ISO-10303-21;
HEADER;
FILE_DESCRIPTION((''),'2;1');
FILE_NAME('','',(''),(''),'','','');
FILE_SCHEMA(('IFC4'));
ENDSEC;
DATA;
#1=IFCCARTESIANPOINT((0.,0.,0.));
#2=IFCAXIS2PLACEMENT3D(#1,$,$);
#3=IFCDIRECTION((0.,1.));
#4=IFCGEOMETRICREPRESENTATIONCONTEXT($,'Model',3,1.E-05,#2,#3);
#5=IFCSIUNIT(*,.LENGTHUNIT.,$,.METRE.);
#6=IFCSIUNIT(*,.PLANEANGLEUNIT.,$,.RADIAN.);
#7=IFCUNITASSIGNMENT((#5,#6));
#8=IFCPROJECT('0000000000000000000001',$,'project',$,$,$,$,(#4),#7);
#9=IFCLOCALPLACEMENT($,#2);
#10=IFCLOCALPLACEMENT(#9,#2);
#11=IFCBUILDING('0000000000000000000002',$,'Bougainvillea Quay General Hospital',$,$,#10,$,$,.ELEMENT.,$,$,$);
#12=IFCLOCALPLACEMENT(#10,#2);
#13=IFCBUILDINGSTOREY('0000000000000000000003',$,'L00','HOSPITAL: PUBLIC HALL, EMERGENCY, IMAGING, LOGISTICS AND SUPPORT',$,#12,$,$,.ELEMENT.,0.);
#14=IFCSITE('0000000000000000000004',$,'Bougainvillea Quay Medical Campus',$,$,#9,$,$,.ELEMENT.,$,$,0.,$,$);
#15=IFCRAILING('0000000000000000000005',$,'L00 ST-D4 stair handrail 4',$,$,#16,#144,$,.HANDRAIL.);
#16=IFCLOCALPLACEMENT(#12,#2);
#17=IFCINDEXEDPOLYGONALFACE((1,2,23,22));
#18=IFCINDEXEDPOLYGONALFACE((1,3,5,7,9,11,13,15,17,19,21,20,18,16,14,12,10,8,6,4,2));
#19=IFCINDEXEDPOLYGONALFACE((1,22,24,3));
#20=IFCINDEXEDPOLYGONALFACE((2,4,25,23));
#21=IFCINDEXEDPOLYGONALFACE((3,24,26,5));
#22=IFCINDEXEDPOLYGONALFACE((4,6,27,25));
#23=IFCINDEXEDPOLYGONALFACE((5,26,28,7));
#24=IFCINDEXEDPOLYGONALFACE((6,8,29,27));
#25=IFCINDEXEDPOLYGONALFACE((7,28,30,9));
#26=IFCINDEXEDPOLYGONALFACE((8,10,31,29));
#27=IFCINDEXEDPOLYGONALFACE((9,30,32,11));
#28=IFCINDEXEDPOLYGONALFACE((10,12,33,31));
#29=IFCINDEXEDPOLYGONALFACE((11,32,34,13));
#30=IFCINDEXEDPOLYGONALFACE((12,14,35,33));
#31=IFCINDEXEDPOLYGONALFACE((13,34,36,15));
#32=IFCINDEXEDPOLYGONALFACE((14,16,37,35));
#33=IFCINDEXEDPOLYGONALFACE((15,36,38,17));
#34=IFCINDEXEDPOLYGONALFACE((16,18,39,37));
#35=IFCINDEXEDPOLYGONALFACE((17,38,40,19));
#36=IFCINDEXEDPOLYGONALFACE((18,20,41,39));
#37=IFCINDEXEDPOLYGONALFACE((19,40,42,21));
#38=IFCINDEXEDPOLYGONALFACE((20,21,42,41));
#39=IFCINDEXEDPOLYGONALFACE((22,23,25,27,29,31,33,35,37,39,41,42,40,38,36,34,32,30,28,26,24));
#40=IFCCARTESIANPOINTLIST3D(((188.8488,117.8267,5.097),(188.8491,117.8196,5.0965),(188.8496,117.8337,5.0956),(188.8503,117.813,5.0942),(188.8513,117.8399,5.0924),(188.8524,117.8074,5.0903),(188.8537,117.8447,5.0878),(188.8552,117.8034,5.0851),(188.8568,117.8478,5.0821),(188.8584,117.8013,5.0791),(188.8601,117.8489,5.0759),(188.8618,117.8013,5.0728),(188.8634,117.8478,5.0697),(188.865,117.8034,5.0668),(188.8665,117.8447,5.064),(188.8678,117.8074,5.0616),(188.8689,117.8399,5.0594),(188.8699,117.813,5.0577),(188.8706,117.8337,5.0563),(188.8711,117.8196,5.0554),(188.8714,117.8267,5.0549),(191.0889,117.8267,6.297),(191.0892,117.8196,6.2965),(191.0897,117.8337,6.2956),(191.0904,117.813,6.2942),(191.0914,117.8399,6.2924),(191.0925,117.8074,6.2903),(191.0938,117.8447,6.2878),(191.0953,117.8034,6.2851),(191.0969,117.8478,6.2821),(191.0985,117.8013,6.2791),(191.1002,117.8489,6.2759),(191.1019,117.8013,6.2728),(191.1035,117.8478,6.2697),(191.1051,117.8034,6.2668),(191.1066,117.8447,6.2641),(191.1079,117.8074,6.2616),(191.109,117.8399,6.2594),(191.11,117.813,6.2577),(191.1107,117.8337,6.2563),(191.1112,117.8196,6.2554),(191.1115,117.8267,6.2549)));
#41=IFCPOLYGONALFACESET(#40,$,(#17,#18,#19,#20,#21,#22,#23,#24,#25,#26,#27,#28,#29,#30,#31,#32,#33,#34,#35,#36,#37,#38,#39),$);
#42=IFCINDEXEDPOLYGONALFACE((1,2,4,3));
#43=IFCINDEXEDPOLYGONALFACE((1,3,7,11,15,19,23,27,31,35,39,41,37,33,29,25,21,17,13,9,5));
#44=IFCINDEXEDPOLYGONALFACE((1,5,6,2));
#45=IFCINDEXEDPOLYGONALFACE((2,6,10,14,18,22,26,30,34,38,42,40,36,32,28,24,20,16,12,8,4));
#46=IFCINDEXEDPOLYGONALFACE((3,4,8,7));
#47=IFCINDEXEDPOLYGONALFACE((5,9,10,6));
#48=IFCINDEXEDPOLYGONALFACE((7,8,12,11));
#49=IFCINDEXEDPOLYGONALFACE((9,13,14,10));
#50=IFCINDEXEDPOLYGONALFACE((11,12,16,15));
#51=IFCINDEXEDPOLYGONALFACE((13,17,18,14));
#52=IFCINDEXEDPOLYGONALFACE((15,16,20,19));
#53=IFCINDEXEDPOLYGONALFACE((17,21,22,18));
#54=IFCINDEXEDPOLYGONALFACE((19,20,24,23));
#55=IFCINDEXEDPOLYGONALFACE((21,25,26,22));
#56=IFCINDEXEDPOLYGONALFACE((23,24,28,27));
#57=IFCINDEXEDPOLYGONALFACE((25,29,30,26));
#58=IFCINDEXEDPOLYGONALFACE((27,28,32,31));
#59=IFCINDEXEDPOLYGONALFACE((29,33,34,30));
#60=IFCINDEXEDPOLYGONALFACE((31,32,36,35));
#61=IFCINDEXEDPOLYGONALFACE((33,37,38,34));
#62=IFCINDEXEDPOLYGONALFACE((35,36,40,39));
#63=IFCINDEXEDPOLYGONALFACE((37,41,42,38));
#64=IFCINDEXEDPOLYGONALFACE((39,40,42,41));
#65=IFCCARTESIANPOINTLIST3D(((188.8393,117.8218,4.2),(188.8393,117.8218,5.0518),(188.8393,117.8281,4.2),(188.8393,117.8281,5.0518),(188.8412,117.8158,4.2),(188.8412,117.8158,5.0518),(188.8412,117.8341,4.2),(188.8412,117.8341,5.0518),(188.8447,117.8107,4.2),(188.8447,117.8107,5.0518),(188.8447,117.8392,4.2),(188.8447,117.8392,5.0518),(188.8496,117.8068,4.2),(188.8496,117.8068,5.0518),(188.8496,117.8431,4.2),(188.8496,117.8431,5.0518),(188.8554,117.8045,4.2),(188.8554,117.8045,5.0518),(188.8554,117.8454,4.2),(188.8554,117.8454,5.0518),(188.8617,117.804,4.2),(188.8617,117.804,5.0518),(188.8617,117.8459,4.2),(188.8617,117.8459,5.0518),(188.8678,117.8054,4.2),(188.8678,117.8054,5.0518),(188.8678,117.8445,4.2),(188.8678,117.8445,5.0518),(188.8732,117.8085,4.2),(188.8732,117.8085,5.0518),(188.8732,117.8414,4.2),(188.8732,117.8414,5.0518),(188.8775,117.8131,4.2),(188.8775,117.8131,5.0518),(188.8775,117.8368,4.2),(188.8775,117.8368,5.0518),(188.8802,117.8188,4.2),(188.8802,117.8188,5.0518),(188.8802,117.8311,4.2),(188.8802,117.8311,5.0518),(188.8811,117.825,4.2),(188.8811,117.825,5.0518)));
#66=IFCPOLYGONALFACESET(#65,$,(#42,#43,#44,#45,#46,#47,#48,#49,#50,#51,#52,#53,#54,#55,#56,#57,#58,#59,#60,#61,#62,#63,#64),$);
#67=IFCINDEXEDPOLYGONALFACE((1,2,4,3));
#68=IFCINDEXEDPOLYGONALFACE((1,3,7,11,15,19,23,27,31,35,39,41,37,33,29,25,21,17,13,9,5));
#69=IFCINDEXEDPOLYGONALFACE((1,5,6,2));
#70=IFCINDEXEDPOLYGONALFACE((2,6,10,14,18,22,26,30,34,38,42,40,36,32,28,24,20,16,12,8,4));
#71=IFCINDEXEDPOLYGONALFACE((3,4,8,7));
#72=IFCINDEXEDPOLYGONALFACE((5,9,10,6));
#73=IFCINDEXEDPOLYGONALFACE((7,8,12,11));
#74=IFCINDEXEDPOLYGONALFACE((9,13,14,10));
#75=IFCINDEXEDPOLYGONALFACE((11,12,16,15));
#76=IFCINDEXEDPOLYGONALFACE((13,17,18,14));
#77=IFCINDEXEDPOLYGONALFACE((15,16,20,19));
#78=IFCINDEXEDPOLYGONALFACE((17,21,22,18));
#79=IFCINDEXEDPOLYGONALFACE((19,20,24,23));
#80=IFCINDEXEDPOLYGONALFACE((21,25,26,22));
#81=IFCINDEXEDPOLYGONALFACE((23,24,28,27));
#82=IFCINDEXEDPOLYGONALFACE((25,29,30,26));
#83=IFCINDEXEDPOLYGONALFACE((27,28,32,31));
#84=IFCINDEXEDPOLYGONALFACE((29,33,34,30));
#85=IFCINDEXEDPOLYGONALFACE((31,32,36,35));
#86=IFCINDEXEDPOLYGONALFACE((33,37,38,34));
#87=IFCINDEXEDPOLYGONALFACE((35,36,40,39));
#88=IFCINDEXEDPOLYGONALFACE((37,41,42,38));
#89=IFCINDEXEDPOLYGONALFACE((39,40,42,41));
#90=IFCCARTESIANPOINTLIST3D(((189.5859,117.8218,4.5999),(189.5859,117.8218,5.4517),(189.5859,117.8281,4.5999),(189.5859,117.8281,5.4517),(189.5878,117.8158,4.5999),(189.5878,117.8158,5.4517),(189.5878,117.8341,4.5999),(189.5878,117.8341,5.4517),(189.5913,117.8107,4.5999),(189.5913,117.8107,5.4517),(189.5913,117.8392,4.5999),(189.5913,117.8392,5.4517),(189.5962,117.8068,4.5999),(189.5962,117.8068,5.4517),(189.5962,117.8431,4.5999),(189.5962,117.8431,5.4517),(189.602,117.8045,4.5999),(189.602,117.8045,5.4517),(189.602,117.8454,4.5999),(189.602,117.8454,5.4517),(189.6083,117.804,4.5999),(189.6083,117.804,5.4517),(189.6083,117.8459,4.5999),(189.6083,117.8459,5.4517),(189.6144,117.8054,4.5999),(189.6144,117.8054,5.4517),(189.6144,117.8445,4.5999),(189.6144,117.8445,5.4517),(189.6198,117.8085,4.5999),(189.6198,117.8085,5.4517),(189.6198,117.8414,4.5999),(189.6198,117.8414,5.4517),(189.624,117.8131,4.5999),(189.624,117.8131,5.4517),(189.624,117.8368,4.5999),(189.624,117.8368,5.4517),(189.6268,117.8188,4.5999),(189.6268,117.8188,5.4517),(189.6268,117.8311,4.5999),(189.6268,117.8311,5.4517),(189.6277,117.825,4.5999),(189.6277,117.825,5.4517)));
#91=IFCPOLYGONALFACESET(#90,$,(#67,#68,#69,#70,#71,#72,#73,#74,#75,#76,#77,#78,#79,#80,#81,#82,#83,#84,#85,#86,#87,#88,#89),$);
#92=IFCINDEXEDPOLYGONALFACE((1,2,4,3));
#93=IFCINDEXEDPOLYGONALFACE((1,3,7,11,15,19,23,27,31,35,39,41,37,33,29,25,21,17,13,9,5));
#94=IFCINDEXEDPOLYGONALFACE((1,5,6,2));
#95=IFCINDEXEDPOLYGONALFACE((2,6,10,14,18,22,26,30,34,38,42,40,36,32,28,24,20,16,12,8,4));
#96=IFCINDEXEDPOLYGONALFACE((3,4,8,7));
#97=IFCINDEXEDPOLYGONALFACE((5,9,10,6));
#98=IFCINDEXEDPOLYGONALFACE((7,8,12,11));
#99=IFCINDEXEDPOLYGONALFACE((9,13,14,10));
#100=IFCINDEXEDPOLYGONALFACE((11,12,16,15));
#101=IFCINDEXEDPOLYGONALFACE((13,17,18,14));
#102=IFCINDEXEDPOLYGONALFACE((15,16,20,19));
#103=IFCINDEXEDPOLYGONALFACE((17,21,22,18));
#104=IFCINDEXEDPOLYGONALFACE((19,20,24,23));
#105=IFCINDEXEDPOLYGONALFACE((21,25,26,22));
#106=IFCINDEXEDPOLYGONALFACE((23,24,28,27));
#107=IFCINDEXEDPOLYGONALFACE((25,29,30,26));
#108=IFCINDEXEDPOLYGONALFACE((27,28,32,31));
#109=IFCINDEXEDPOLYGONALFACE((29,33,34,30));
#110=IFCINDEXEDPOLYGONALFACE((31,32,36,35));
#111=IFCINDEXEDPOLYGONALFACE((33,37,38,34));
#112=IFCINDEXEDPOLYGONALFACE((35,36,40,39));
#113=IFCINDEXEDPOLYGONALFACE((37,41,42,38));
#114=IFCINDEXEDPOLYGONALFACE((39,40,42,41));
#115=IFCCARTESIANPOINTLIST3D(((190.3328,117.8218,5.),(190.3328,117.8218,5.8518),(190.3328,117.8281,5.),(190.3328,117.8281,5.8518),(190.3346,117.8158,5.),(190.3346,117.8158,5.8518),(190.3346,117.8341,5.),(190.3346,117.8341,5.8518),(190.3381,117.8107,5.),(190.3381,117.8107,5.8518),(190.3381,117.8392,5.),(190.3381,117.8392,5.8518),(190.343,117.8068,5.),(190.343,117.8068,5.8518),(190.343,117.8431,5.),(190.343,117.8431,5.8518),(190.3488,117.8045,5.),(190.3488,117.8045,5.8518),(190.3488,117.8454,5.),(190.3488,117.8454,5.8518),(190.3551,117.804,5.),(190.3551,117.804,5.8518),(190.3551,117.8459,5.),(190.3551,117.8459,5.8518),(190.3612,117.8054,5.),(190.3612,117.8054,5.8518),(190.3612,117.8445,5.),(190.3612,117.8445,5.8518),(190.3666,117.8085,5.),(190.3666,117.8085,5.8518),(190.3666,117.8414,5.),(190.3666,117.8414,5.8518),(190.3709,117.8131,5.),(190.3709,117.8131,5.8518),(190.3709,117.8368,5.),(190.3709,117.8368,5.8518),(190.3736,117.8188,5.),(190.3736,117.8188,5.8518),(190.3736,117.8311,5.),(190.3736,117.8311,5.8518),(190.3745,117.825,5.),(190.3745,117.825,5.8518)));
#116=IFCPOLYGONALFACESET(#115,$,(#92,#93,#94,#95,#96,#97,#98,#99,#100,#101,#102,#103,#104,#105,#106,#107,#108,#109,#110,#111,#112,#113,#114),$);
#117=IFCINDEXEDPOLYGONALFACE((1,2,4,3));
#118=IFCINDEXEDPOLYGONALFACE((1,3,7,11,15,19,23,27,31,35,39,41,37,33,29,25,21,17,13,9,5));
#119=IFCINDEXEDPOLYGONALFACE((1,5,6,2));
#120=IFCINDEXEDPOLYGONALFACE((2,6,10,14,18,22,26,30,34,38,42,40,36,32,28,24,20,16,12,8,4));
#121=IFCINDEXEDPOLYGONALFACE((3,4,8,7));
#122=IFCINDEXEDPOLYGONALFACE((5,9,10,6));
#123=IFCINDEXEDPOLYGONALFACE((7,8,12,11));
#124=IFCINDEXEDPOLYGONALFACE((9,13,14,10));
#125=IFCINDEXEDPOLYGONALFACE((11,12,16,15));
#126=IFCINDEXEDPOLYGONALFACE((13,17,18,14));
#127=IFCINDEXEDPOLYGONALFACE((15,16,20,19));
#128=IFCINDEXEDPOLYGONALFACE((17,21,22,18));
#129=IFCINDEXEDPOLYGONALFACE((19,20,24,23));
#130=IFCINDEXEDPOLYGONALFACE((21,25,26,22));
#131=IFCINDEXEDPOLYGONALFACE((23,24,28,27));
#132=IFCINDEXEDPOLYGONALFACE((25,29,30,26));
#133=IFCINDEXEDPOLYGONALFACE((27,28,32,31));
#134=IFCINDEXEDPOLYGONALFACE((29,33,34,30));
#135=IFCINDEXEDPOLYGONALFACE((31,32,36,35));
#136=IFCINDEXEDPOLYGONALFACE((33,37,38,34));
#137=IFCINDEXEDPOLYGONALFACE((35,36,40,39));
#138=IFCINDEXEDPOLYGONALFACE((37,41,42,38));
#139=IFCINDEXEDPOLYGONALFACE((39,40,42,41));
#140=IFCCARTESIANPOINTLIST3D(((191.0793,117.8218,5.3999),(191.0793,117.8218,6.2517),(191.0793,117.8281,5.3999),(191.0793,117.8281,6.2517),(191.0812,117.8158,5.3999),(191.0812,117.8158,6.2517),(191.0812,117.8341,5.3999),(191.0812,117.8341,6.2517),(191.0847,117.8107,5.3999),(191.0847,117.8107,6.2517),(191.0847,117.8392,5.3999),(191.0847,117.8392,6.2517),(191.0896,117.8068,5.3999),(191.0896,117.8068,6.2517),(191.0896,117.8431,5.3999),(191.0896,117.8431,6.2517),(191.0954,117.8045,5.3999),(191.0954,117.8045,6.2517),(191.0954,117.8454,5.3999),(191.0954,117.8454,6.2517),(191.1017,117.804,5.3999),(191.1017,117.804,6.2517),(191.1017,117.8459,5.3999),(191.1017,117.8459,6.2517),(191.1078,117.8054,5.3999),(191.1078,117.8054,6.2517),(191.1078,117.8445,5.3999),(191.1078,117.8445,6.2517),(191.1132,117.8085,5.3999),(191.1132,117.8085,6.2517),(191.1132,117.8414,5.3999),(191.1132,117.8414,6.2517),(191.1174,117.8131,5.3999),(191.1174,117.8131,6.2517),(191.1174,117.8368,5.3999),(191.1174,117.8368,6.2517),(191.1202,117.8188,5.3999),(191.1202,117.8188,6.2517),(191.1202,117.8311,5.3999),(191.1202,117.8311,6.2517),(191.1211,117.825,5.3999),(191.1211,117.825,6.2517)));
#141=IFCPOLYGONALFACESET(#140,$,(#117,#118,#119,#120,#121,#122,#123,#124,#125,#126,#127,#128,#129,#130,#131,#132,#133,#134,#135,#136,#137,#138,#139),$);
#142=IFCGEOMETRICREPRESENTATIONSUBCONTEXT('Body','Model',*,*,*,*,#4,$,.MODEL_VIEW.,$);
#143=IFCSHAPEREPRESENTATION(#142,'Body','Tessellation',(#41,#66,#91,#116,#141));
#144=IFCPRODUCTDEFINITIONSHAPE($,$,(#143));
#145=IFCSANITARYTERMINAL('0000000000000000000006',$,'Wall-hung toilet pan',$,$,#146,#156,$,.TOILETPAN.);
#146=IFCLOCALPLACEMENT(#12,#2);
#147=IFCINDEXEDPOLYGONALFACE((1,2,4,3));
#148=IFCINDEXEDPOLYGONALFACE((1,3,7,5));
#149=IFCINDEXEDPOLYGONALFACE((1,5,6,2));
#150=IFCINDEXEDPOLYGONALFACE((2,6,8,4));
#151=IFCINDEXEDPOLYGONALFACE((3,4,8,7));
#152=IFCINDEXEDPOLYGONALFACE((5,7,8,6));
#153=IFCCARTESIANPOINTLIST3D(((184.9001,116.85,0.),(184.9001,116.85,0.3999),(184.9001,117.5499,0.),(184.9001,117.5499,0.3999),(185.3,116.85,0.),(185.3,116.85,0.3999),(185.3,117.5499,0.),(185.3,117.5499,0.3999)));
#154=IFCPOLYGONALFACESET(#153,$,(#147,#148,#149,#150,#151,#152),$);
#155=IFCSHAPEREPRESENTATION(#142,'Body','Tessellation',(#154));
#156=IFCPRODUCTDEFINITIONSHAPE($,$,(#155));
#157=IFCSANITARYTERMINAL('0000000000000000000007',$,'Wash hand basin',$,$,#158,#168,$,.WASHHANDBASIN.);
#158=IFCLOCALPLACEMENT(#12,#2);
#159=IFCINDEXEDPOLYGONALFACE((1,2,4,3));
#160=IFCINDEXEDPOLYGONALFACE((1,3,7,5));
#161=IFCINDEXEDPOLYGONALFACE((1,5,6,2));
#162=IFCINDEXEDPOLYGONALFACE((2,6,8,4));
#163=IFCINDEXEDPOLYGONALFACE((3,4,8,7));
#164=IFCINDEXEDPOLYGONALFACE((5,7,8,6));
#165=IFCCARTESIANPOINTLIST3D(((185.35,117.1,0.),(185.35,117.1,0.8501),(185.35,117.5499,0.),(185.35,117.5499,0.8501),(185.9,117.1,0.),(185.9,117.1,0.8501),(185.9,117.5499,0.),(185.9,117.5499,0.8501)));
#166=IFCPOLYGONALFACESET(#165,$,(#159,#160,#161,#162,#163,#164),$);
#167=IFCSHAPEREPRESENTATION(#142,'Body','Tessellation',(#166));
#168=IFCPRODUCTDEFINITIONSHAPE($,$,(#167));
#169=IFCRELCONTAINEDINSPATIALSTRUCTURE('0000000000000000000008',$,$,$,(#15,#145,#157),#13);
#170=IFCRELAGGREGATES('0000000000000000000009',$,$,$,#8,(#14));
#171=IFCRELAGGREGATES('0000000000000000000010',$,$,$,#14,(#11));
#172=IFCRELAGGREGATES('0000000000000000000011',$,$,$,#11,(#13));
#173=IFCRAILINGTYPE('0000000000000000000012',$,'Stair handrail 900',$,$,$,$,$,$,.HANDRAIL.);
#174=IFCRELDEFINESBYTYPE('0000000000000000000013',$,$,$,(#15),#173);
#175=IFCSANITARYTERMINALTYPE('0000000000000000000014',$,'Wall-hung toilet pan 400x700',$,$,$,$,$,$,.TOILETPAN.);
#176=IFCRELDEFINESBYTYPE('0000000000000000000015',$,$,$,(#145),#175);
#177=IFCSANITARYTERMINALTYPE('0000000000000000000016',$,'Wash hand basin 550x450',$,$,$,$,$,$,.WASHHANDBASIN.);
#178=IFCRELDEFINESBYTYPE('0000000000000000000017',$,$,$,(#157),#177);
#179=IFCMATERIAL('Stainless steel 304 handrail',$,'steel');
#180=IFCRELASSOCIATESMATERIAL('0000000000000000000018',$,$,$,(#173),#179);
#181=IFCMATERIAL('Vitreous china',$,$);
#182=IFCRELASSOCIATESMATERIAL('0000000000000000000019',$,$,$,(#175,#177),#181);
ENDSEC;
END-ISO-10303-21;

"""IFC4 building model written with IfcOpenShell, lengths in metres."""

from ifc_helpers import new_model, si_unit, direction, frame, origin, origin_2d, place, context, subcontext, project, spatial, rectangle, circle, extrude, material, type_object, element, save


model = new_model("IFC4")

# Units and contexts
model_context = context("Model", 3, precision=1e-05, world=origin(), true_north=direction((0.0, 1.0)))
body_context = subcontext(model_context, "Body", "Model", "MODEL_VIEW")
ifc_project = project(units=[si_unit("LENGTHUNIT", "METRE"), si_unit("PLANEANGLEUNIT", "RADIAN")], contexts=[model_context])

# Site, building, storey
site_placement = place(None, origin())
site = spatial("IfcSite", under=ifc_project, at=site_placement, Name="Bougainvillea Quay Medical Campus", CompositionType="ELEMENT", RefElevation=0.0)
building_placement = place(site_placement, origin())
building = spatial("IfcBuilding", under=site, at=building_placement, Name="Bougainvillea Quay General Hospital", CompositionType="ELEMENT")
storey_placement = place(building_placement, origin())
storey = spatial("IfcBuildingStorey", under=building, at=storey_placement, Name="L00", Description="HOSPITAL: PUBLIC HALL, EMERGENCY, IMAGING, LOGISTICS AND SUPPORT", CompositionType="ELEMENT", Elevation=0.0)

# Railing
ifc_material_1 = material(Name="Stainless steel 304 handrail", Category="steel")
railing_type_1 = type_object("IfcRailingType", Name="Stair handrail 900", PredefinedType="HANDRAIL", material=ifc_material_1)
for number, where, name in (
    (1, (188.8601, 117.825, 4.2), "L00 ST-D4 stair handrail 4"),
):
    element("IfcRailing", number, at=place(storey_placement, frame(where)), inside=storey, type_object=railing_type_1, Name=name, PredefinedType="HANDRAIL", context=body_context, shape_type="SweptSolid", body=[
        extrude(circle(Radius=0.0239, at=origin_2d()), frame((0.0, 0.0, 0.876), z_axis=(0.881487, 0.0, 0.472208), x_axis=(0.0, 1.0, 0.0)), (0.0, 0.0, 1.0), 2.5413),
        extrude(circle(Radius=0.021, at=origin_2d()), origin(), (0.0, 0.0, 1.0), 0.8518),
        extrude(circle(Radius=0.021, at=origin_2d()), frame((0.7466, 0.0, 0.3999)), (0.0, 0.0, 1.0), 0.8518),
        extrude(circle(Radius=0.021, at=origin_2d()), frame((1.4934, 0.0, 0.8)), (0.0, 0.0, 1.0), 0.8518),
        extrude(circle(Radius=0.021, at=origin_2d()), frame((2.24, 0.0, 1.2)), (0.0, 0.0, 1.0), 0.8518),
    ])

# Sanitary terminals
ifc_material_2 = material(Name="Vitreous china")
sanitary_terminal_type_1 = type_object("IfcSanitaryTerminalType", Name="Wall-hung toilet pan 400x700", PredefinedType="TOILETPAN", material=ifc_material_2)
sanitary_terminal_1_placement = place(storey_placement, frame((185.1001, 117.2, 0.0), z_axis=(0.0, 0.0, 1.0), x_axis=(1.0, 0.0, 0.0)))
element("IfcSanitaryTerminal", 2, at=sanitary_terminal_1_placement, inside=storey, type_object=sanitary_terminal_type_1, Name="Wall-hung toilet pan", PredefinedType="TOILETPAN", context=body_context, shape_type="SweptSolid", body=[
    extrude(rectangle(XDim=0.3999, YDim=0.7, at=origin_2d()), origin(), (0.0, 0.0, 1.0), 0.3999),
])
sanitary_terminal_type_2 = type_object("IfcSanitaryTerminalType", Name="Wash hand basin 550x450", PredefinedType="WASHHANDBASIN", material=ifc_material_2)
sanitary_terminal_2_placement = place(storey_placement, frame((185.625, 117.325, 0.0), z_axis=(0.0, 0.0, 1.0), x_axis=(1.0, 0.0, 0.0)))
element("IfcSanitaryTerminal", 3, at=sanitary_terminal_2_placement, inside=storey, type_object=sanitary_terminal_type_2, Name="Wash hand basin", PredefinedType="WASHHANDBASIN", context=body_context, shape_type="SweptSolid", body=[
    extrude(rectangle(XDim=0.55, YDim=0.45, at=origin_2d()), origin(), (0.0, 0.0, 1.0), 0.8501),
])

save(model, "model.ifc")
